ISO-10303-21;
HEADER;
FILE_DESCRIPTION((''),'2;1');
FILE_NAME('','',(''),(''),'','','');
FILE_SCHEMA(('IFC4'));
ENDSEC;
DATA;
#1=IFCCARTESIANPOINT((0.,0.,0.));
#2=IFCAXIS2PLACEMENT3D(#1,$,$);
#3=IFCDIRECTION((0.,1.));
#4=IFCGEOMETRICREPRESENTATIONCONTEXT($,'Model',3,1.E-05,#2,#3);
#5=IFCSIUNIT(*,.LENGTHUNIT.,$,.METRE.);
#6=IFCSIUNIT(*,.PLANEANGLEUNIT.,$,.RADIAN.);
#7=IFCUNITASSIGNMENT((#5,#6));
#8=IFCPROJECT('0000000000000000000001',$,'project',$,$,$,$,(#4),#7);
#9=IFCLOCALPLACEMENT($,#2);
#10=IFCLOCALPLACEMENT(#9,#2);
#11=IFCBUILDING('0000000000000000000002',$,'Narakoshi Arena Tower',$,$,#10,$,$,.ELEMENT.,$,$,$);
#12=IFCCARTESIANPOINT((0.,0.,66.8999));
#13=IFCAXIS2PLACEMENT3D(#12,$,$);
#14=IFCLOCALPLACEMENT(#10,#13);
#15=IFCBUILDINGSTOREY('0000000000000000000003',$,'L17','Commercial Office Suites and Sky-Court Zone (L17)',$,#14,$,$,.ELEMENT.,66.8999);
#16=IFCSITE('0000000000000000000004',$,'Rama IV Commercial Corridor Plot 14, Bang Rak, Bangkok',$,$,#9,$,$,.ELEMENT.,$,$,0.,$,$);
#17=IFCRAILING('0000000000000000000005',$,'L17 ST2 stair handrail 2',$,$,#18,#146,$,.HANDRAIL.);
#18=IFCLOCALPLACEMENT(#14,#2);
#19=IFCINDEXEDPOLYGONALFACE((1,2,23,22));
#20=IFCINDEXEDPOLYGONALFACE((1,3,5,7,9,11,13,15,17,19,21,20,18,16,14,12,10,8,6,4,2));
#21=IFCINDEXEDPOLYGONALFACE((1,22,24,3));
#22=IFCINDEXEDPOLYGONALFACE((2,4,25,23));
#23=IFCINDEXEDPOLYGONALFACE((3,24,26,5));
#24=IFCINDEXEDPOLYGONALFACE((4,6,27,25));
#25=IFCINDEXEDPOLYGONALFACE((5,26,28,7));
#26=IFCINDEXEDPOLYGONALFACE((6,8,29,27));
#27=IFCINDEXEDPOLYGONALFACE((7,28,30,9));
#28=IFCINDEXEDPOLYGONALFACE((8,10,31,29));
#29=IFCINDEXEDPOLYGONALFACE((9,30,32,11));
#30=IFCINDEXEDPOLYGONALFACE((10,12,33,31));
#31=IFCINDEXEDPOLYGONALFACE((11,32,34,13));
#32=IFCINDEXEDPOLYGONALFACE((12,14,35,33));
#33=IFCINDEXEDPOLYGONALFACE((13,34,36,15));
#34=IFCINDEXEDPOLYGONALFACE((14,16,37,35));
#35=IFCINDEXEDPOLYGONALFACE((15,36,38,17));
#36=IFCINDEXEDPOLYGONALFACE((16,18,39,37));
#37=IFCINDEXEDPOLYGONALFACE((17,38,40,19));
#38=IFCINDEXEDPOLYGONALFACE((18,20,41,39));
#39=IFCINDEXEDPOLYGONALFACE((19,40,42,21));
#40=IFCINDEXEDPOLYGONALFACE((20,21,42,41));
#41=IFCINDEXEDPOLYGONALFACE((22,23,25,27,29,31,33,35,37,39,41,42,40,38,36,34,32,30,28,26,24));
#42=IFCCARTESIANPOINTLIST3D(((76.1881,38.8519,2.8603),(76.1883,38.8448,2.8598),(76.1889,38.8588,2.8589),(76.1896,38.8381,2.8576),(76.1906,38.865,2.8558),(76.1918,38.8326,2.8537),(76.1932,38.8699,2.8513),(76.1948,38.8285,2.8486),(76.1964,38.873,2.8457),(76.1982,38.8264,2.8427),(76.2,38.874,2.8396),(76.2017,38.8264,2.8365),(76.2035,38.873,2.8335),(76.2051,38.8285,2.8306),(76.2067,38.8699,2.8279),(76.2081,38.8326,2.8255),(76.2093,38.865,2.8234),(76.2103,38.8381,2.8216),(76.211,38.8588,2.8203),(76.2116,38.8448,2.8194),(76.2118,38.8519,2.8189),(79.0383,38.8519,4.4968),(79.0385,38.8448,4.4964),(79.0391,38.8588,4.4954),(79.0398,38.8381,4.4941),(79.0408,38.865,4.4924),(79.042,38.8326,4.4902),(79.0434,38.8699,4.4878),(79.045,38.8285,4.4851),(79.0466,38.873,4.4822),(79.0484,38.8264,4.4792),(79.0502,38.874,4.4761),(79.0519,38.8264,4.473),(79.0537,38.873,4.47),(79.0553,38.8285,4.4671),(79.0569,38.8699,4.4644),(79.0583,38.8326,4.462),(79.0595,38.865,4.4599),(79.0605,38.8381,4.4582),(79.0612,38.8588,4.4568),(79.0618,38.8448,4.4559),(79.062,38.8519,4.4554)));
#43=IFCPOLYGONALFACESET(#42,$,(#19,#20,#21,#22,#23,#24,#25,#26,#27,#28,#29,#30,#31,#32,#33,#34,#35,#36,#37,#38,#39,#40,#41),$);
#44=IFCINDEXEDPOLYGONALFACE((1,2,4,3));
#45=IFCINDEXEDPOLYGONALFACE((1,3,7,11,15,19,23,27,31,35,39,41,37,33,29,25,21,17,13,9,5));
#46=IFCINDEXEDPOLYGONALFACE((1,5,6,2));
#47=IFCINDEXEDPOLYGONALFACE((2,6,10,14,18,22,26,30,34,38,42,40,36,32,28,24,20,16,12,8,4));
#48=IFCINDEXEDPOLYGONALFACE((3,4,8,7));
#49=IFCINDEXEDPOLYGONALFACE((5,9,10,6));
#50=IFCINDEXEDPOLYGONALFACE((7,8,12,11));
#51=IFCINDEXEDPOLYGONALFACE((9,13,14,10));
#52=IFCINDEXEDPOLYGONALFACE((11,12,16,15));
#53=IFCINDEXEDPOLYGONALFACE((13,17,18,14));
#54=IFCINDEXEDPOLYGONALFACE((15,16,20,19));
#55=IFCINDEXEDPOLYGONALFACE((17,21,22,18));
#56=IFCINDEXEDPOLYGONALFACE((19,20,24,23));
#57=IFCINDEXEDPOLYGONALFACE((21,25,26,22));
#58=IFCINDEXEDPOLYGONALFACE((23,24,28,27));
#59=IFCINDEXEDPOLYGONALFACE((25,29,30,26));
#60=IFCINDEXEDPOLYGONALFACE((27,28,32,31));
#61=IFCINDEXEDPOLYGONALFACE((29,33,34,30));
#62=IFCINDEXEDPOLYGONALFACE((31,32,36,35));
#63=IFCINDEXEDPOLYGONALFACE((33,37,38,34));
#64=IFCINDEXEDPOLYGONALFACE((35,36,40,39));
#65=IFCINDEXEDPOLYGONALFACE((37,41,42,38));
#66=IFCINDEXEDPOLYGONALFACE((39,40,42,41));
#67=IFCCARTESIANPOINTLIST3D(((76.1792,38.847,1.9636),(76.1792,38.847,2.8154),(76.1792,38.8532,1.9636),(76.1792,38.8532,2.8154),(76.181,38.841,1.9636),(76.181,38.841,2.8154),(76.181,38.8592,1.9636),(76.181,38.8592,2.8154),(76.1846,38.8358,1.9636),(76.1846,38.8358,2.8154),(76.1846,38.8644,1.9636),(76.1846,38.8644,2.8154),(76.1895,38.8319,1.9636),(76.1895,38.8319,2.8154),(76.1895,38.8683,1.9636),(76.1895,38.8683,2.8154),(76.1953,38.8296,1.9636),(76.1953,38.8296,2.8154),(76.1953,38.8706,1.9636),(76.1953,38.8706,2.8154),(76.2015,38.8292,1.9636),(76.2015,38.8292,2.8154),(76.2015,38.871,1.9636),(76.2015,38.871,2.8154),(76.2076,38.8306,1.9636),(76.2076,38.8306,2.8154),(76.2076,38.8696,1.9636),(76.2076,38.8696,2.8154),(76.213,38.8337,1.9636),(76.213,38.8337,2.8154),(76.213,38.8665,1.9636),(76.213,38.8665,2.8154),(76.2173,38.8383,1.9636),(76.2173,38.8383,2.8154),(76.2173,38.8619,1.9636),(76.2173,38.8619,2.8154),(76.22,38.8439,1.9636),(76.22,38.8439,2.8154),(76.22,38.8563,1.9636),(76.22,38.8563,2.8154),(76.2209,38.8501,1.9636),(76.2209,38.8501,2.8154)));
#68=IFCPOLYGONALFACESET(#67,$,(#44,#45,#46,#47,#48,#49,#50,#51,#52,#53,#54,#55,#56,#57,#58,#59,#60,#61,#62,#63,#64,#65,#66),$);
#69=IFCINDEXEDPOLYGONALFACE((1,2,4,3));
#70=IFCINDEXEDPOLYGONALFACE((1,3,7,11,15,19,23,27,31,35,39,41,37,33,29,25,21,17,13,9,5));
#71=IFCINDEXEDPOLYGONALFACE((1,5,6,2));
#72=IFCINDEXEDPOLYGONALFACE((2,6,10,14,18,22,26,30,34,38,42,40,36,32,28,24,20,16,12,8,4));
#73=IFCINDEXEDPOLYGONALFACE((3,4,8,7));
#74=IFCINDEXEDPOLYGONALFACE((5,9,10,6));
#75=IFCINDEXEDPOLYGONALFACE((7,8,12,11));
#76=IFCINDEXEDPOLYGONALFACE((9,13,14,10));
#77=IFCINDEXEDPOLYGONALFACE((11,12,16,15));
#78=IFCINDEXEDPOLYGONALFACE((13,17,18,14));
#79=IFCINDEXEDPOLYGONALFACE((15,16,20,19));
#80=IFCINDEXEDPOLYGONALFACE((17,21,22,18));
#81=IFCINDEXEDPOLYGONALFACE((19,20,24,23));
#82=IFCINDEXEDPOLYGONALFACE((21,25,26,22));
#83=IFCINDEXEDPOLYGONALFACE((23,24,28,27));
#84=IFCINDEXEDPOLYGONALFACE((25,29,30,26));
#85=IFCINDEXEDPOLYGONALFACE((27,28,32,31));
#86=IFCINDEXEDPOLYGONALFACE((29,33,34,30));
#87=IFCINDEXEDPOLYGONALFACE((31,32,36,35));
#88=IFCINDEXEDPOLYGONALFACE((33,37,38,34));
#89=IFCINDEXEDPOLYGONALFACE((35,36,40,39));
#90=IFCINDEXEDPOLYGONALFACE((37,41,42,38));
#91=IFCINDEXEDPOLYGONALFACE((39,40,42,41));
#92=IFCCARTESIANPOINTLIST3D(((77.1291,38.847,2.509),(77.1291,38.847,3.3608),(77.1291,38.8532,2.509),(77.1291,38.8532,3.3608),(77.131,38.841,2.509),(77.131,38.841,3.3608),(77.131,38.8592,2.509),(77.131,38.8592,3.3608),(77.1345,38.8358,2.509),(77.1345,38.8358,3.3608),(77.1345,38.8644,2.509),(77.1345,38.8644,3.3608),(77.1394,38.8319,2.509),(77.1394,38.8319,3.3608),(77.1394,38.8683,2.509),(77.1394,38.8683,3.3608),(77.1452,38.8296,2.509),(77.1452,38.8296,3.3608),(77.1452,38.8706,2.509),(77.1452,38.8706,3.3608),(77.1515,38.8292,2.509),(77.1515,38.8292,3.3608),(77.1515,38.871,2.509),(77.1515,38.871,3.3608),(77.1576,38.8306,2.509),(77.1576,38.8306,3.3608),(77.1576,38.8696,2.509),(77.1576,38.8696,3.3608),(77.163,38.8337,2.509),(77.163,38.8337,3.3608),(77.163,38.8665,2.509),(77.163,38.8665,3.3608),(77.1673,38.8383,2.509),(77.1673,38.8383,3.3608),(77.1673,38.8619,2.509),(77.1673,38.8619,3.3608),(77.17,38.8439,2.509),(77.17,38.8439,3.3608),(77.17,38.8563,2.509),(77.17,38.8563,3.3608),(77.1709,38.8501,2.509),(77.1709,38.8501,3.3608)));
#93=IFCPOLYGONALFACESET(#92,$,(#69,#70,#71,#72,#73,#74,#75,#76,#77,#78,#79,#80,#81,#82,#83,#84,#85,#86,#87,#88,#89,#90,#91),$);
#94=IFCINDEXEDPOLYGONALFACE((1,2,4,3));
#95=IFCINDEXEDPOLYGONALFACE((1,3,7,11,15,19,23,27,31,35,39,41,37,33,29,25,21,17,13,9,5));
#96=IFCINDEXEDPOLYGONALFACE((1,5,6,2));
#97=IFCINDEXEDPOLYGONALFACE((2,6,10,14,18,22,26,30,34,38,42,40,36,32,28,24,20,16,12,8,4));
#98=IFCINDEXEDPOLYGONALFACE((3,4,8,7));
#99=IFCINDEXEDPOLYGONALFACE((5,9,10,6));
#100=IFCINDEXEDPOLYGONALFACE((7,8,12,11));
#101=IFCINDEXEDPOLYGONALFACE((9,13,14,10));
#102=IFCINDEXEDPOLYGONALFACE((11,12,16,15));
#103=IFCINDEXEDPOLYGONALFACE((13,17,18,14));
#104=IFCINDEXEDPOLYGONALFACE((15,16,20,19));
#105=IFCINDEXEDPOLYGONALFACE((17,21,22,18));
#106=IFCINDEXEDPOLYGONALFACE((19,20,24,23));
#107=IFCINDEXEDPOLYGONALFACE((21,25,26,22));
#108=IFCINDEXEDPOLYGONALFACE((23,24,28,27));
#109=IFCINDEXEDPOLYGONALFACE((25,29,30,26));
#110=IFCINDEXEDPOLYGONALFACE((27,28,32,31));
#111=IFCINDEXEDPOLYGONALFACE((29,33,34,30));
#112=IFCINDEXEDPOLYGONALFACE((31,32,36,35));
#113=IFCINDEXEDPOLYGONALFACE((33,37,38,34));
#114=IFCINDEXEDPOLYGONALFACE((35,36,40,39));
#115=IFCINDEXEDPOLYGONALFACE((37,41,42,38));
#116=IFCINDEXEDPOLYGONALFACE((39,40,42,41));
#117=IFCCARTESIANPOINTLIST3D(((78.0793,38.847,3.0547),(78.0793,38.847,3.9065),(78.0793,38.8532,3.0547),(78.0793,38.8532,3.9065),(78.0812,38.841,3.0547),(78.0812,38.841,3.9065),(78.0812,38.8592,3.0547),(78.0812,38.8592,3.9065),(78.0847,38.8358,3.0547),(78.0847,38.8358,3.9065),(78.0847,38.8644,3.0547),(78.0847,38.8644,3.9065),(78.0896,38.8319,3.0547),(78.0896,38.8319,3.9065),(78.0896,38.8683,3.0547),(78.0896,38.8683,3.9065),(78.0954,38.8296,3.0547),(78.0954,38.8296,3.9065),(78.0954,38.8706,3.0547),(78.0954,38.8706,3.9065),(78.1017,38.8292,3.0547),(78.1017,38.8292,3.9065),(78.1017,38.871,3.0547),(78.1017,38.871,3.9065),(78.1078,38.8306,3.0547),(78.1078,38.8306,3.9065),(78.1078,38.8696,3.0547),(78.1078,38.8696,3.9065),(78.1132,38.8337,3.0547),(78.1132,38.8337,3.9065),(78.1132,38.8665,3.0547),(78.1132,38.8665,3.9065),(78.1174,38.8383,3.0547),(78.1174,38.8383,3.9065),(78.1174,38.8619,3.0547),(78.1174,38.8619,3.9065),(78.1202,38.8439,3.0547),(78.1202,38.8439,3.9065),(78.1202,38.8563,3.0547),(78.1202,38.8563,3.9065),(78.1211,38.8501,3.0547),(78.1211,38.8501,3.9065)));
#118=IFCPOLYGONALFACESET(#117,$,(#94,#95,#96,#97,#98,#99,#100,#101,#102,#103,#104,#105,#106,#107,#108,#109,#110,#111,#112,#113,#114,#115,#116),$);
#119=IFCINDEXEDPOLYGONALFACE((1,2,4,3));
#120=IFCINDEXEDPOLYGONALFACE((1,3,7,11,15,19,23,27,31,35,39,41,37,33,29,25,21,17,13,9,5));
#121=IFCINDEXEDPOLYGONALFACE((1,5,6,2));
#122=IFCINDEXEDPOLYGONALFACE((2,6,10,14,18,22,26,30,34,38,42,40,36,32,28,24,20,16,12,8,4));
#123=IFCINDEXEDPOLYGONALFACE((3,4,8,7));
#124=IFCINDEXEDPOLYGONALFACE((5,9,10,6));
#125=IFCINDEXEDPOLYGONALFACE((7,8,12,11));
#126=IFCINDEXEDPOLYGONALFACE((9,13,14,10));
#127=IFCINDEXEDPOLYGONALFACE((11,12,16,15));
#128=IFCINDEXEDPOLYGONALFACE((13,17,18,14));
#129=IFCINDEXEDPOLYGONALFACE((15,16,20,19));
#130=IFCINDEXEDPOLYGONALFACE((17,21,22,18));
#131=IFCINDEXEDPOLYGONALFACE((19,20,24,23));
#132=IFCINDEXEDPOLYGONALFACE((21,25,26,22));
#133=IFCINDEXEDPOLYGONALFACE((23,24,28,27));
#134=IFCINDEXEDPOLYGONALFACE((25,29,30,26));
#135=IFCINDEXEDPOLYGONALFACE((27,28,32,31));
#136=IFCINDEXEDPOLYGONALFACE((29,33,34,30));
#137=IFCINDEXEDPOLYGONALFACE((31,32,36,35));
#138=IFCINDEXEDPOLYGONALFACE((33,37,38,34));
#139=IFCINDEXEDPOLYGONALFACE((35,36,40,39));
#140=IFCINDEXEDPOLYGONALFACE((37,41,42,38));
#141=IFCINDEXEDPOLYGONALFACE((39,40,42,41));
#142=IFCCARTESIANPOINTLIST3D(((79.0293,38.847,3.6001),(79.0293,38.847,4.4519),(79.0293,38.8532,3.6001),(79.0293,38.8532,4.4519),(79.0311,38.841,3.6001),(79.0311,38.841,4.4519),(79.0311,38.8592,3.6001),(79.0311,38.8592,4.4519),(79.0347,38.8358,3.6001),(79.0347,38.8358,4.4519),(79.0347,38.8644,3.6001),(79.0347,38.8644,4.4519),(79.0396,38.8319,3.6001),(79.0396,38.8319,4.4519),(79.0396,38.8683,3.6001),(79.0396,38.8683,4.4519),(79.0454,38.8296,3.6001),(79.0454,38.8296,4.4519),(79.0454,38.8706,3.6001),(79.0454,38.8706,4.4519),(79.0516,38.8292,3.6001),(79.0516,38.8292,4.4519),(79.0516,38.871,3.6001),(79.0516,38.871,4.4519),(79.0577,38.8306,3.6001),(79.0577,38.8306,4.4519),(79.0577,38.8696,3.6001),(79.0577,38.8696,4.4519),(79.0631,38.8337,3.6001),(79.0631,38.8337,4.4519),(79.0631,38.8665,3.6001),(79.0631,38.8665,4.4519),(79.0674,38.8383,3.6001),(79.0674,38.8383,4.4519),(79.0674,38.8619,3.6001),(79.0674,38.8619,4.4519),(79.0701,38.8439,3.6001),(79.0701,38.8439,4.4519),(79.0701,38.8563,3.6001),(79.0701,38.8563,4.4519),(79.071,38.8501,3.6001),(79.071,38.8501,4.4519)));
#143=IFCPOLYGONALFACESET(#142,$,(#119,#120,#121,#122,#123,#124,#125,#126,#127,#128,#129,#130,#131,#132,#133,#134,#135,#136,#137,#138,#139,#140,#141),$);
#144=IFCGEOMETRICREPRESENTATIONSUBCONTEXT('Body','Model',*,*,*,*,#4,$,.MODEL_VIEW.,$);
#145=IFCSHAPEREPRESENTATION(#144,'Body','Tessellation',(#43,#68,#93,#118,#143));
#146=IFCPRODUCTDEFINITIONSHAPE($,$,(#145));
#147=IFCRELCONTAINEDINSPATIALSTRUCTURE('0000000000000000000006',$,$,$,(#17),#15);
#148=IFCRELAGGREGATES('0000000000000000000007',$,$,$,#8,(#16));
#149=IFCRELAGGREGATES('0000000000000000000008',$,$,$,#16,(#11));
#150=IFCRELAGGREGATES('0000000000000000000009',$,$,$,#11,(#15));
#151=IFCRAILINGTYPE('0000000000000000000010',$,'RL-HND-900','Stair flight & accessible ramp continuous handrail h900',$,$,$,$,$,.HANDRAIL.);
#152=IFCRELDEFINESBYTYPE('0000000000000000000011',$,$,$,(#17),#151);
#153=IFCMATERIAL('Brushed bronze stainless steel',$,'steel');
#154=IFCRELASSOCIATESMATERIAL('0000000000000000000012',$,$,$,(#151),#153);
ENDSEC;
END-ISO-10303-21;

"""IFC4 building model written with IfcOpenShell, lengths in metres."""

from ifc_helpers import new_model, si_unit, direction, frame, origin, origin_2d, place, context, subcontext, project, spatial, circle, extrude, material, type_object, element, save


model = new_model("IFC4")

# Units and contexts
model_context = context("Model", 3, precision=1e-05, world=origin(), true_north=direction((0.0, 1.0)))
body_context = subcontext(model_context, "Body", "Model", "MODEL_VIEW")
ifc_project = project(units=[si_unit("LENGTHUNIT", "METRE"), si_unit("PLANEANGLEUNIT", "RADIAN")], contexts=[model_context])

# Site, building, storey
site_placement = place(None, origin())
site = spatial("IfcSite", under=ifc_project, at=site_placement, Name="Rama IV Commercial Corridor Plot 14, Bang Rak, Bangkok", CompositionType="ELEMENT", RefElevation=0.0)
building_placement = place(site_placement, origin())
building = spatial("IfcBuilding", under=site, at=building_placement, Name="Narakoshi Arena Tower", CompositionType="ELEMENT")
storey_placement = place(building_placement, frame((0.0, 0.0, 66.8999)))
storey = spatial("IfcBuildingStorey", under=building, at=storey_placement, Name="L17", Description="Commercial Office Suites and Sky-Court Zone (L17)", CompositionType="ELEMENT", Elevation=66.8999)

# Railing
ifc_material_1 = material(Name="Brushed bronze stainless steel", Category="steel")
railing_type_1 = type_object("IfcRailingType", Name="RL-HND-900", Description="Stair flight & accessible ramp continuous handrail h900", PredefinedType="HANDRAIL", material=ifc_material_1)
railing_1_placement = place(storey_placement, frame((76.2, 38.8501, 1.9636)))
element("IfcRailing", 1, at=railing_1_placement, inside=storey, type_object=railing_type_1, Name="L17 ST2 stair handrail 2", PredefinedType="HANDRAIL", context=body_context, shape_type="SweptSolid", body=[
    extrude(circle(Radius=0.0239, at=origin_2d()), frame((0.0, 0.0, 0.876), z_axis=(0.867213, 0.0, 0.497938), x_axis=(0.0, 1.0, 0.0)), (0.0, 0.0, 1.0), 3.2866),
    extrude(circle(Radius=0.021, at=origin_2d()), origin(), (0.0, 0.0, 1.0), 0.8518),
    extrude(circle(Radius=0.021, at=origin_2d()), frame((0.95, 0.0, 0.5454)), (0.0, 0.0, 1.0), 0.8518),
    extrude(circle(Radius=0.021, at=origin_2d()), frame((1.9001, 0.0, 1.0911)), (0.0, 0.0, 1.0), 0.8518),
    extrude(circle(Radius=0.021, at=origin_2d()), frame((2.8501, 0.0, 1.6365)), (0.0, 0.0, 1.0), 0.8518),
])

save(model, "model.ifc")
